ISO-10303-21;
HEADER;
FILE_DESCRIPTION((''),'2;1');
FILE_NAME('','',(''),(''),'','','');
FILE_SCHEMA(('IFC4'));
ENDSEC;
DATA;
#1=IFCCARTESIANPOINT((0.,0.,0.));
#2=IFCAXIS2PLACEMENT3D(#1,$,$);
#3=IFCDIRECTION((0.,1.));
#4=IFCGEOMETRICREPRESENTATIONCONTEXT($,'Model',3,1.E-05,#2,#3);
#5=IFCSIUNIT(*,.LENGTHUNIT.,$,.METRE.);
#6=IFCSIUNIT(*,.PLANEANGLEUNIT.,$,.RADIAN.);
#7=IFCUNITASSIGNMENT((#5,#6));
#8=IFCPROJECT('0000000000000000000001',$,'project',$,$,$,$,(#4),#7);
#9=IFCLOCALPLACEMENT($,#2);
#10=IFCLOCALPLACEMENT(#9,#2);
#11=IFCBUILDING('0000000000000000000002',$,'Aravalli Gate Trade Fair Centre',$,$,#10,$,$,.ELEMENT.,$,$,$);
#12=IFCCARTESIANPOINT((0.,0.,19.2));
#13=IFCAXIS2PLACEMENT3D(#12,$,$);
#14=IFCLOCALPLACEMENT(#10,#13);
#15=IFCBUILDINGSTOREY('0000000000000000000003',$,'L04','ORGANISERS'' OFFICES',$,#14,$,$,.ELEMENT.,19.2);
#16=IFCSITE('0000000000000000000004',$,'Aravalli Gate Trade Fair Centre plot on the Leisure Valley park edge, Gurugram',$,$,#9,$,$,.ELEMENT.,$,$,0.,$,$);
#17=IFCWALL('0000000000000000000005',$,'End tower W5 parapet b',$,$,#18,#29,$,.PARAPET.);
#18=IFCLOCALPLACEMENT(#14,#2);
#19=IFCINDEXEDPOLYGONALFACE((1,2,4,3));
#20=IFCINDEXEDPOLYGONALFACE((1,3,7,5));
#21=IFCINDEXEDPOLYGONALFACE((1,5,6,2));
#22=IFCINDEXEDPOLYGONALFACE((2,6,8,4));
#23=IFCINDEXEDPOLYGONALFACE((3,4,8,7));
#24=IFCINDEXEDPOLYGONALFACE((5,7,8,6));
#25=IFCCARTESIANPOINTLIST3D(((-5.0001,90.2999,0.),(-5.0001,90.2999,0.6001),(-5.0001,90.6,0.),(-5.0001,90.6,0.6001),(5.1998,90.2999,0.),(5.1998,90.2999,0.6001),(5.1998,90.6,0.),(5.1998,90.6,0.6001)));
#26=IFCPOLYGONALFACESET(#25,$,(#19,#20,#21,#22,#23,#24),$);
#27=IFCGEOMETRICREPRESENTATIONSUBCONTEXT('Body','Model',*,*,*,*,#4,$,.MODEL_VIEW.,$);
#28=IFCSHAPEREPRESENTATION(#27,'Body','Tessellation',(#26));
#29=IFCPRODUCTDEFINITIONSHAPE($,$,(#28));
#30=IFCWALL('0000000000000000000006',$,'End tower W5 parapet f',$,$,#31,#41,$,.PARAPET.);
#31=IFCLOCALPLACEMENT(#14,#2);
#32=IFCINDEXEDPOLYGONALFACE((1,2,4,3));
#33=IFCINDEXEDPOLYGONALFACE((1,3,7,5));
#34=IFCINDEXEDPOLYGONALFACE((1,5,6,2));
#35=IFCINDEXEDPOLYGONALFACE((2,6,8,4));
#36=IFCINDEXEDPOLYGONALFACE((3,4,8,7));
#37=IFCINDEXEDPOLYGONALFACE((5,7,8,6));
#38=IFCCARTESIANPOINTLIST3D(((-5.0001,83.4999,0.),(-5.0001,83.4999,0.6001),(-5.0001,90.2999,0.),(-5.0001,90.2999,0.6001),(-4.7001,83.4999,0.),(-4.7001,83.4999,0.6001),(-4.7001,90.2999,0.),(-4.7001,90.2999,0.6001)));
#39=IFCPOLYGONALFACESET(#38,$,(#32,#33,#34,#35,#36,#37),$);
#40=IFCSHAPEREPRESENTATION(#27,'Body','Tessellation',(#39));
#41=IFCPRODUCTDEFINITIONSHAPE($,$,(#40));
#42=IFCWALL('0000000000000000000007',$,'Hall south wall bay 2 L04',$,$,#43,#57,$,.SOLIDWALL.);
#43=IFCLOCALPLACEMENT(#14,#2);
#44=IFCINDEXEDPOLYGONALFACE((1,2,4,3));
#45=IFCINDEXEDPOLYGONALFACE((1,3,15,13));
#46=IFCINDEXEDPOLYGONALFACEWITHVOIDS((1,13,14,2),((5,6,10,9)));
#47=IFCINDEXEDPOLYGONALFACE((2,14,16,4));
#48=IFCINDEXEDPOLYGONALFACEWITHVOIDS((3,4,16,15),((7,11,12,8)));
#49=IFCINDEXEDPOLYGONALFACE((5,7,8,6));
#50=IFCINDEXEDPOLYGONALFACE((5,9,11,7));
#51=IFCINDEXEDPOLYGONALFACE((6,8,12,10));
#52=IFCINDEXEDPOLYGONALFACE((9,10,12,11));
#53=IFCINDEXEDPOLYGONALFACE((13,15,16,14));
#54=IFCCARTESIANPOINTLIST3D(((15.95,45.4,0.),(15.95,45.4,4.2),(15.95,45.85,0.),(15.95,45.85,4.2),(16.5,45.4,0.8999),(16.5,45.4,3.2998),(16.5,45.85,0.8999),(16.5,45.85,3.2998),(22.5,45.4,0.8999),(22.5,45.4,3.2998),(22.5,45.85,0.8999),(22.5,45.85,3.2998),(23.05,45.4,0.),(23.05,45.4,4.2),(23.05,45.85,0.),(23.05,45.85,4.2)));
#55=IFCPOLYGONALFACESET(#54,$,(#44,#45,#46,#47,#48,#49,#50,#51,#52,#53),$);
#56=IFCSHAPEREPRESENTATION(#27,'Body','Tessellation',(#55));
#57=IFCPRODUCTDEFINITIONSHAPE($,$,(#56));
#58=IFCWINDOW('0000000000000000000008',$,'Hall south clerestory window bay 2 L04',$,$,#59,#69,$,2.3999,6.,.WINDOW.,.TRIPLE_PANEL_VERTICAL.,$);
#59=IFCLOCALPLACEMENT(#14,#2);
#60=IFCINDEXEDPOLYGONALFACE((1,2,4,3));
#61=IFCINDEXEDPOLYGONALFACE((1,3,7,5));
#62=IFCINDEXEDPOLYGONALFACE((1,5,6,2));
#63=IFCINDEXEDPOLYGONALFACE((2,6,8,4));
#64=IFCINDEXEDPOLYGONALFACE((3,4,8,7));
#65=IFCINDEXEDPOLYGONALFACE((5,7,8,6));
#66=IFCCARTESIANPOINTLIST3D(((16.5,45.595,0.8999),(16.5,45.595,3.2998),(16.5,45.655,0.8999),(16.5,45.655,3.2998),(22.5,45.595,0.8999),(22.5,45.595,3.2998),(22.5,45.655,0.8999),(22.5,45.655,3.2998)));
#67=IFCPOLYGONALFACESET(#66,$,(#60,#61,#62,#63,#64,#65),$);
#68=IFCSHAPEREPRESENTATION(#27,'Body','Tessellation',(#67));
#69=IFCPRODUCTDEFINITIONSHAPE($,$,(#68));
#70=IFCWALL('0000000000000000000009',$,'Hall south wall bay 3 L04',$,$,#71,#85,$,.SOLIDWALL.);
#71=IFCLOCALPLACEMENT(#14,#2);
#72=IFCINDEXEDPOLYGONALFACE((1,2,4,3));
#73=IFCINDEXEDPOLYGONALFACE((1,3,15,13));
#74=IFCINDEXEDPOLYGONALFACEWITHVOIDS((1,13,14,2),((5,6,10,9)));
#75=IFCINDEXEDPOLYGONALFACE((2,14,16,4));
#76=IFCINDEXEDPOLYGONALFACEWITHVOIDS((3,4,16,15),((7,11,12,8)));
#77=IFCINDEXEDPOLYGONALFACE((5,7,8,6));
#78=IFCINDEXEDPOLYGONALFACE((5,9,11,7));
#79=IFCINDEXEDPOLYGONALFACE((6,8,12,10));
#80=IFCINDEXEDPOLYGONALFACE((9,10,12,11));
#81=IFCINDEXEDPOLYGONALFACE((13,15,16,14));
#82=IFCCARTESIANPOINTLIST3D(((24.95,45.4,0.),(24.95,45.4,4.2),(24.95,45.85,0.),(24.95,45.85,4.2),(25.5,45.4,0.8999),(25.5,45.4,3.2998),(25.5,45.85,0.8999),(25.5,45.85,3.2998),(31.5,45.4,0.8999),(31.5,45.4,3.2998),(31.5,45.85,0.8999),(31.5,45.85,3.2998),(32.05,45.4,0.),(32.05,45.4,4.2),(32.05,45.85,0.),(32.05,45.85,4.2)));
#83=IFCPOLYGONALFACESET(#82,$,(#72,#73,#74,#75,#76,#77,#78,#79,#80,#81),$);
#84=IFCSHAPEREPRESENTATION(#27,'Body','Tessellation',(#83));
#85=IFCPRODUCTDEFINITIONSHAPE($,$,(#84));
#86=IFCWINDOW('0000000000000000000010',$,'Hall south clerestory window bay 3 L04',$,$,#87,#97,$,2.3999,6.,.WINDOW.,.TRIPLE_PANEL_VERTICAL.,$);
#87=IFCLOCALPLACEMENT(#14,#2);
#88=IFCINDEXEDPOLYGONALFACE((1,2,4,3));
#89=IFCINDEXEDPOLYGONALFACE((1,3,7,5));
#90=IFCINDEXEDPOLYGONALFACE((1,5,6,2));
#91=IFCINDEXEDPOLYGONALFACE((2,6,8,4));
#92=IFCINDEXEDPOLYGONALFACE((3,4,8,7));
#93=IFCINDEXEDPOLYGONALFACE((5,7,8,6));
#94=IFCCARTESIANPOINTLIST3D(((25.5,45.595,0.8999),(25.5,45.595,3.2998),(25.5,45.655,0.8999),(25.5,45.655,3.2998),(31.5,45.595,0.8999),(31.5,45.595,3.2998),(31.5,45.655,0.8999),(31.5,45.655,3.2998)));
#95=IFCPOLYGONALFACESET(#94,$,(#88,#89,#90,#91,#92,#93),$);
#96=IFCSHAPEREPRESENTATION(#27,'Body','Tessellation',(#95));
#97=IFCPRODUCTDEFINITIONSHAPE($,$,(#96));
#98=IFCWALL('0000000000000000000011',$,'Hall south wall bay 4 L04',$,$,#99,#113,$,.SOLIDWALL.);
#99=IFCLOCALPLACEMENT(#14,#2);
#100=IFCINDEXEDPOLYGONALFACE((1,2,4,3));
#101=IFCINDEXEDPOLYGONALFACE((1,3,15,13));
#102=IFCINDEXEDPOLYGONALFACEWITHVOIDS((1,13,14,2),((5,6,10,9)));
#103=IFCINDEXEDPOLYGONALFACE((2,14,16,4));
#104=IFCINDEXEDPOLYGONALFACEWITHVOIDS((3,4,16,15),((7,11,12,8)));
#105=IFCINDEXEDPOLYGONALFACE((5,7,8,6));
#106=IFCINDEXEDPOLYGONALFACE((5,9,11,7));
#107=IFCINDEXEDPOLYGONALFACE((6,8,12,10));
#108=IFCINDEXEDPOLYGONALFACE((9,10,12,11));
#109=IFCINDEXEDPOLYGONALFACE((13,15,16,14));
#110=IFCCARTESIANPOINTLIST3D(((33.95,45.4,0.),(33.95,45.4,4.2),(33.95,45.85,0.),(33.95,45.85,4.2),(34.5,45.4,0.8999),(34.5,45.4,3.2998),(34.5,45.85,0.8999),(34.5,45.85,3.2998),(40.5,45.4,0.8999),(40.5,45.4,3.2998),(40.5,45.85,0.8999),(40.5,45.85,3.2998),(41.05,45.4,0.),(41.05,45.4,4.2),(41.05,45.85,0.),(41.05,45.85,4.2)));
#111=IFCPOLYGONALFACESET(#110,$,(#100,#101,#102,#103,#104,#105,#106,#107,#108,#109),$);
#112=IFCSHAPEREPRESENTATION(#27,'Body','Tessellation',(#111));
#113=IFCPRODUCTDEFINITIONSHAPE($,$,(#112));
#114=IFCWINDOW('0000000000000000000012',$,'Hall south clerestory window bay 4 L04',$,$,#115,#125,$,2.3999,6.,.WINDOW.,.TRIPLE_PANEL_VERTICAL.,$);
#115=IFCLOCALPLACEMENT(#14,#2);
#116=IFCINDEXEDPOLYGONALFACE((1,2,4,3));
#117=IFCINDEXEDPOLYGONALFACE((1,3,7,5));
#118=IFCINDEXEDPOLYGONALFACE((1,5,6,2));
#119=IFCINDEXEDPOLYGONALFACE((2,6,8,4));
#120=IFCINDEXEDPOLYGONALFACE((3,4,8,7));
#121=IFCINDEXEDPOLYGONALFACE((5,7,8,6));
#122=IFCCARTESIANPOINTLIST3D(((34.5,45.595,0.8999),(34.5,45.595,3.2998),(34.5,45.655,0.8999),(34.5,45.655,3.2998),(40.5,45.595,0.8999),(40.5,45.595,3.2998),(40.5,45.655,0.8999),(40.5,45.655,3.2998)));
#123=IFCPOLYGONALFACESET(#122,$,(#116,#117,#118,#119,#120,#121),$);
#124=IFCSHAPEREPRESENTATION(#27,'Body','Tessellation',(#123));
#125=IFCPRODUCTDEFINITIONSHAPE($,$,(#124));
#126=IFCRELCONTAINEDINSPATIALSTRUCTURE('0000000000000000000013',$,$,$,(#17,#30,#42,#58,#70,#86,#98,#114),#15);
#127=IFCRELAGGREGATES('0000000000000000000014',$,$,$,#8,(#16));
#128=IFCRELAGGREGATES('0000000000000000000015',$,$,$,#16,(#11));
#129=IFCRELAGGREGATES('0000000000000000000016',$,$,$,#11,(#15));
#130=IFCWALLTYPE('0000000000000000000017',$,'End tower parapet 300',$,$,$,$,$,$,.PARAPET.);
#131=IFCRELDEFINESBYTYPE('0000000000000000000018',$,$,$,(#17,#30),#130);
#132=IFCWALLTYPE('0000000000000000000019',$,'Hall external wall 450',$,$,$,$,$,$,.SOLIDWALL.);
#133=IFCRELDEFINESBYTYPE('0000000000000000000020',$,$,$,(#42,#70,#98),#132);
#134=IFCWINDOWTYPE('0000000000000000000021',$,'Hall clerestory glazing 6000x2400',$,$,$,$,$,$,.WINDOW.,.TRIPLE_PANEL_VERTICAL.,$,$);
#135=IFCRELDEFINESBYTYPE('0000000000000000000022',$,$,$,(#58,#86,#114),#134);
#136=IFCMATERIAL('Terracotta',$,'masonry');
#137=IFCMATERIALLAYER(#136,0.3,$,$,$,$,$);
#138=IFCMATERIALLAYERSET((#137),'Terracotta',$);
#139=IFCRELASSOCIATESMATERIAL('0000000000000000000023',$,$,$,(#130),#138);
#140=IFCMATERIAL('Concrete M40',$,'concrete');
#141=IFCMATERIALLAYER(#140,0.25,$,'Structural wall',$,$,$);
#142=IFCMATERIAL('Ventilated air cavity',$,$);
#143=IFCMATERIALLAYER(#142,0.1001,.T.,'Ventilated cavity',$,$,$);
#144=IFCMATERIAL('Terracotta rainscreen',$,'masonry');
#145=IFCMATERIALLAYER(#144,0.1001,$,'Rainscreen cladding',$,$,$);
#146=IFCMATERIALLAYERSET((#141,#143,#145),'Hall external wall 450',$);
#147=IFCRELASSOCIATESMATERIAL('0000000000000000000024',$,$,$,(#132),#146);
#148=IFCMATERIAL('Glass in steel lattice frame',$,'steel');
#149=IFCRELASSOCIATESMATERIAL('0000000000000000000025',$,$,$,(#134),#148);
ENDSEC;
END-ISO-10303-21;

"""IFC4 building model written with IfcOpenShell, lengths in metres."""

from ifc_helpers import new_model, si_unit, direction, frame, frame_2d, origin, place, context, subcontext, project, spatial, rectangle, extrude, material, layer, layer_set, type_object, element, fill, save


model = new_model("IFC4")

# Units and contexts
model_context = context("Model", 3, precision=1e-05, world=origin(), true_north=direction((0.0, 1.0)))
body_context = subcontext(model_context, "Body", "Model", "MODEL_VIEW")
ifc_project = project(units=[si_unit("LENGTHUNIT", "METRE"), si_unit("PLANEANGLEUNIT", "RADIAN")], contexts=[model_context])

# Site, building, storey
site_placement = place(None, origin())
site = spatial("IfcSite", under=ifc_project, at=site_placement, Name="Aravalli Gate Trade Fair Centre plot on the Leisure Valley park edge, Gurugram", CompositionType="ELEMENT", RefElevation=0.0)
building_placement = place(site_placement, origin())
building = spatial("IfcBuilding", under=site, at=building_placement, Name="Aravalli Gate Trade Fair Centre", CompositionType="ELEMENT")
storey_placement = place(building_placement, frame((0.0, 0.0, 19.2)))
storey = spatial("IfcBuildingStorey", under=building, at=storey_placement, Name="L04", Description="ORGANISERS' OFFICES", CompositionType="ELEMENT", Elevation=19.2)

# Walls
ifc_material_1 = material(Name="Terracotta", Category="masonry")
ifc_layer_1 = layer(ifc_material_1, 0.3)
ifc_layer_set_1 = layer_set([ifc_layer_1], Name="Terracotta")
wall_type_1 = type_object("IfcWallType", Name="End tower parapet 300", PredefinedType="PARAPET", material=ifc_layer_set_1)
for number, where, z_axis, x_axis, name in (
    (1, (5.2, 90.45, 0.0), (0.0, 0.0, 1.0), (-1.0, 0.0, 0.0), "End tower W5 parapet b"),
):
    element("IfcWall", number, at=place(storey_placement, frame(where, z_axis=z_axis, x_axis=x_axis)), inside=storey, type_object=wall_type_1, Name=name, PredefinedType="PARAPET", context=body_context, shape_type="SweptSolid", body=[
        extrude(rectangle(XDim=10.2, YDim=0.3, at=frame_2d((5.1001, 0.0))), origin(), (0.0, 0.0, 1.0), 0.6001),
    ])
wall_1_placement = place(storey_placement, frame((-4.8501, 83.5, 0.0), z_axis=(0.0, 0.0, 1.0), x_axis=(0.0, 1.0, 0.0)))
element("IfcWall", 2, at=wall_1_placement, inside=storey, type_object=wall_type_1, Name="End tower W5 parapet f", PredefinedType="PARAPET", context=body_context, shape_type="SweptSolid", body=[
    extrude(rectangle(XDim=6.8, YDim=0.3, at=frame_2d((3.3999, 0.0))), origin(), (0.0, 0.0, 1.0), 0.6001),
])

# Walls, openings, windows
ifc_material_2 = material(Name="Concrete M40", Category="concrete")
ifc_layer_2 = layer(ifc_material_2, 0.25, Name="Structural wall")
ifc_material_3 = material(Name="Ventilated air cavity")
ifc_layer_3 = layer(ifc_material_3, 0.1001, ventilated=True, Name="Ventilated cavity")
ifc_material_4 = material(Name="Terracotta rainscreen", Category="masonry")
ifc_layer_4 = layer(ifc_material_4, 0.1001, Name="Rainscreen cladding")
ifc_layer_set_2 = layer_set([ifc_layer_2, ifc_layer_3, ifc_layer_4], Name="Hall external wall 450")
wall_type_2 = type_object("IfcWallType", Name="Hall external wall 450", PredefinedType="SOLIDWALL", material=ifc_layer_set_2)
wall_2_placement = place(storey_placement, frame((15.95, 45.625, 0.0), z_axis=(0.0, 0.0, 1.0), x_axis=(1.0, 0.0, 0.0)))
wall_2 = element("IfcWall", 3, at=wall_2_placement, inside=storey, type_object=wall_type_2, Name="Hall south wall bay 2 L04", PredefinedType="SOLIDWALL", context=body_context, shape_type="SweptSolid", body=[
    extrude(rectangle(XDim=7.1001, YDim=0.45, at=frame_2d((3.55, 0.0))), origin(), (0.0, 0.0, 1.0), 4.2),
])
opening_1_placement = place(wall_2_placement, frame((0.55, 0.0, 0.8999)))
opening_1 = element("IfcOpeningElement", 4, at=opening_1_placement, cuts=wall_2, PredefinedType="OPENING", context=body_context, shape_type="SweptSolid", body=[
    extrude(rectangle(XDim=6.0, YDim=2.3999, at=frame_2d((3.0, 1.2))), frame((0.0, 0.2349, 0.0), z_axis=(0.0, -1.0, 0.0), x_axis=(1.0, 0.0, 0.0)), (0.0, 0.0, 1.0), 0.47),
])
ifc_material_5 = material(Name="Glass in steel lattice frame", Category="steel")
window_type = type_object("IfcWindowType", Name="Hall clerestory glazing 6000x2400", PartitioningType="TRIPLE_PANEL_VERTICAL", PredefinedType="WINDOW", material=ifc_material_5)
window_1_placement = place(opening_1_placement, origin())
window_1 = element("IfcWindow", 5, at=window_1_placement, inside=storey, type_object=window_type, Name="Hall south clerestory window bay 2 L04", OverallHeight=2.3999, OverallWidth=6.0, PartitioningType="TRIPLE_PANEL_VERTICAL", PredefinedType="WINDOW", context=body_context, shape_type="SweptSolid", body=[
    extrude(rectangle(XDim=6.0, YDim=2.3999, at=frame_2d((3.0, 1.2))), frame((0.0, 0.03, 0.0), z_axis=(0.0, -1.0, 0.0), x_axis=(1.0, 0.0, 0.0)), (0.0, 0.0, 1.0), 0.0601),
])
fill(opening_1, window_1)
wall_3_placement = place(storey_placement, frame((24.95, 45.625, 0.0), z_axis=(0.0, 0.0, 1.0), x_axis=(1.0, 0.0, 0.0)))
wall_3 = element("IfcWall", 6, at=wall_3_placement, inside=storey, type_object=wall_type_2, Name="Hall south wall bay 3 L04", PredefinedType="SOLIDWALL", context=body_context, shape_type="SweptSolid", body=[
    extrude(rectangle(XDim=7.1001, YDim=0.45, at=frame_2d((3.55, 0.0))), origin(), (0.0, 0.0, 1.0), 4.2),
])
opening_2_placement = place(wall_3_placement, frame((0.55, 0.0, 0.8999)))
opening_2 = element("IfcOpeningElement", 7, at=opening_2_placement, cuts=wall_3, PredefinedType="OPENING", context=body_context, shape_type="SweptSolid", body=[
    extrude(rectangle(XDim=6.0, YDim=2.3999, at=frame_2d((3.0, 1.2))), frame((0.0, 0.2349, 0.0), z_axis=(0.0, -1.0, 0.0), x_axis=(1.0, 0.0, 0.0)), (0.0, 0.0, 1.0), 0.47),
])
window_2_placement = place(opening_2_placement, origin())
window_2 = element("IfcWindow", 8, at=window_2_placement, inside=storey, type_object=window_type, Name="Hall south clerestory window bay 3 L04", OverallHeight=2.3999, OverallWidth=6.0, PartitioningType="TRIPLE_PANEL_VERTICAL", PredefinedType="WINDOW", context=body_context, shape_type="SweptSolid", body=[
    extrude(rectangle(XDim=6.0, YDim=2.3999, at=frame_2d((3.0, 1.2))), frame((0.0, 0.03, 0.0), z_axis=(0.0, -1.0, 0.0), x_axis=(1.0, 0.0, 0.0)), (0.0, 0.0, 1.0), 0.0601),
])
fill(opening_2, window_2)
wall_4_placement = place(storey_placement, frame((33.95, 45.625, 0.0), z_axis=(0.0, 0.0, 1.0), x_axis=(1.0, 0.0, 0.0)))
wall_4 = element("IfcWall", 9, at=wall_4_placement, inside=storey, type_object=wall_type_2, Name="Hall south wall bay 4 L04", PredefinedType="SOLIDWALL", context=body_context, shape_type="SweptSolid", body=[
    extrude(rectangle(XDim=7.1001, YDim=0.45, at=frame_2d((3.55, 0.0))), origin(), (0.0, 0.0, 1.0), 4.2),
])
opening_3_placement = place(wall_4_placement, frame((0.55, 0.0, 0.8999)))
opening_3 = element("IfcOpeningElement", 10, at=opening_3_placement, cuts=wall_4, PredefinedType="OPENING", context=body_context, shape_type="SweptSolid", body=[
    extrude(rectangle(XDim=6.0, YDim=2.3999, at=frame_2d((3.0, 1.2))), frame((0.0, 0.2349, 0.0), z_axis=(0.0, -1.0, 0.0), x_axis=(1.0, 0.0, 0.0)), (0.0, 0.0, 1.0), 0.47),
])
window_3_placement = place(opening_3_placement, origin())
window_3 = element("IfcWindow", 11, at=window_3_placement, inside=storey, type_object=window_type, Name="Hall south clerestory window bay 4 L04", OverallHeight=2.3999, OverallWidth=6.0, PartitioningType="TRIPLE_PANEL_VERTICAL", PredefinedType="WINDOW", context=body_context, shape_type="SweptSolid", body=[
    extrude(rectangle(XDim=6.0, YDim=2.3999, at=frame_2d((3.0, 1.2))), frame((0.0, 0.03, 0.0), z_axis=(0.0, -1.0, 0.0), x_axis=(1.0, 0.0, 0.0)), (0.0, 0.0, 1.0), 0.0601),
])
fill(opening_3, window_3)

save(model, "model.ifc")
